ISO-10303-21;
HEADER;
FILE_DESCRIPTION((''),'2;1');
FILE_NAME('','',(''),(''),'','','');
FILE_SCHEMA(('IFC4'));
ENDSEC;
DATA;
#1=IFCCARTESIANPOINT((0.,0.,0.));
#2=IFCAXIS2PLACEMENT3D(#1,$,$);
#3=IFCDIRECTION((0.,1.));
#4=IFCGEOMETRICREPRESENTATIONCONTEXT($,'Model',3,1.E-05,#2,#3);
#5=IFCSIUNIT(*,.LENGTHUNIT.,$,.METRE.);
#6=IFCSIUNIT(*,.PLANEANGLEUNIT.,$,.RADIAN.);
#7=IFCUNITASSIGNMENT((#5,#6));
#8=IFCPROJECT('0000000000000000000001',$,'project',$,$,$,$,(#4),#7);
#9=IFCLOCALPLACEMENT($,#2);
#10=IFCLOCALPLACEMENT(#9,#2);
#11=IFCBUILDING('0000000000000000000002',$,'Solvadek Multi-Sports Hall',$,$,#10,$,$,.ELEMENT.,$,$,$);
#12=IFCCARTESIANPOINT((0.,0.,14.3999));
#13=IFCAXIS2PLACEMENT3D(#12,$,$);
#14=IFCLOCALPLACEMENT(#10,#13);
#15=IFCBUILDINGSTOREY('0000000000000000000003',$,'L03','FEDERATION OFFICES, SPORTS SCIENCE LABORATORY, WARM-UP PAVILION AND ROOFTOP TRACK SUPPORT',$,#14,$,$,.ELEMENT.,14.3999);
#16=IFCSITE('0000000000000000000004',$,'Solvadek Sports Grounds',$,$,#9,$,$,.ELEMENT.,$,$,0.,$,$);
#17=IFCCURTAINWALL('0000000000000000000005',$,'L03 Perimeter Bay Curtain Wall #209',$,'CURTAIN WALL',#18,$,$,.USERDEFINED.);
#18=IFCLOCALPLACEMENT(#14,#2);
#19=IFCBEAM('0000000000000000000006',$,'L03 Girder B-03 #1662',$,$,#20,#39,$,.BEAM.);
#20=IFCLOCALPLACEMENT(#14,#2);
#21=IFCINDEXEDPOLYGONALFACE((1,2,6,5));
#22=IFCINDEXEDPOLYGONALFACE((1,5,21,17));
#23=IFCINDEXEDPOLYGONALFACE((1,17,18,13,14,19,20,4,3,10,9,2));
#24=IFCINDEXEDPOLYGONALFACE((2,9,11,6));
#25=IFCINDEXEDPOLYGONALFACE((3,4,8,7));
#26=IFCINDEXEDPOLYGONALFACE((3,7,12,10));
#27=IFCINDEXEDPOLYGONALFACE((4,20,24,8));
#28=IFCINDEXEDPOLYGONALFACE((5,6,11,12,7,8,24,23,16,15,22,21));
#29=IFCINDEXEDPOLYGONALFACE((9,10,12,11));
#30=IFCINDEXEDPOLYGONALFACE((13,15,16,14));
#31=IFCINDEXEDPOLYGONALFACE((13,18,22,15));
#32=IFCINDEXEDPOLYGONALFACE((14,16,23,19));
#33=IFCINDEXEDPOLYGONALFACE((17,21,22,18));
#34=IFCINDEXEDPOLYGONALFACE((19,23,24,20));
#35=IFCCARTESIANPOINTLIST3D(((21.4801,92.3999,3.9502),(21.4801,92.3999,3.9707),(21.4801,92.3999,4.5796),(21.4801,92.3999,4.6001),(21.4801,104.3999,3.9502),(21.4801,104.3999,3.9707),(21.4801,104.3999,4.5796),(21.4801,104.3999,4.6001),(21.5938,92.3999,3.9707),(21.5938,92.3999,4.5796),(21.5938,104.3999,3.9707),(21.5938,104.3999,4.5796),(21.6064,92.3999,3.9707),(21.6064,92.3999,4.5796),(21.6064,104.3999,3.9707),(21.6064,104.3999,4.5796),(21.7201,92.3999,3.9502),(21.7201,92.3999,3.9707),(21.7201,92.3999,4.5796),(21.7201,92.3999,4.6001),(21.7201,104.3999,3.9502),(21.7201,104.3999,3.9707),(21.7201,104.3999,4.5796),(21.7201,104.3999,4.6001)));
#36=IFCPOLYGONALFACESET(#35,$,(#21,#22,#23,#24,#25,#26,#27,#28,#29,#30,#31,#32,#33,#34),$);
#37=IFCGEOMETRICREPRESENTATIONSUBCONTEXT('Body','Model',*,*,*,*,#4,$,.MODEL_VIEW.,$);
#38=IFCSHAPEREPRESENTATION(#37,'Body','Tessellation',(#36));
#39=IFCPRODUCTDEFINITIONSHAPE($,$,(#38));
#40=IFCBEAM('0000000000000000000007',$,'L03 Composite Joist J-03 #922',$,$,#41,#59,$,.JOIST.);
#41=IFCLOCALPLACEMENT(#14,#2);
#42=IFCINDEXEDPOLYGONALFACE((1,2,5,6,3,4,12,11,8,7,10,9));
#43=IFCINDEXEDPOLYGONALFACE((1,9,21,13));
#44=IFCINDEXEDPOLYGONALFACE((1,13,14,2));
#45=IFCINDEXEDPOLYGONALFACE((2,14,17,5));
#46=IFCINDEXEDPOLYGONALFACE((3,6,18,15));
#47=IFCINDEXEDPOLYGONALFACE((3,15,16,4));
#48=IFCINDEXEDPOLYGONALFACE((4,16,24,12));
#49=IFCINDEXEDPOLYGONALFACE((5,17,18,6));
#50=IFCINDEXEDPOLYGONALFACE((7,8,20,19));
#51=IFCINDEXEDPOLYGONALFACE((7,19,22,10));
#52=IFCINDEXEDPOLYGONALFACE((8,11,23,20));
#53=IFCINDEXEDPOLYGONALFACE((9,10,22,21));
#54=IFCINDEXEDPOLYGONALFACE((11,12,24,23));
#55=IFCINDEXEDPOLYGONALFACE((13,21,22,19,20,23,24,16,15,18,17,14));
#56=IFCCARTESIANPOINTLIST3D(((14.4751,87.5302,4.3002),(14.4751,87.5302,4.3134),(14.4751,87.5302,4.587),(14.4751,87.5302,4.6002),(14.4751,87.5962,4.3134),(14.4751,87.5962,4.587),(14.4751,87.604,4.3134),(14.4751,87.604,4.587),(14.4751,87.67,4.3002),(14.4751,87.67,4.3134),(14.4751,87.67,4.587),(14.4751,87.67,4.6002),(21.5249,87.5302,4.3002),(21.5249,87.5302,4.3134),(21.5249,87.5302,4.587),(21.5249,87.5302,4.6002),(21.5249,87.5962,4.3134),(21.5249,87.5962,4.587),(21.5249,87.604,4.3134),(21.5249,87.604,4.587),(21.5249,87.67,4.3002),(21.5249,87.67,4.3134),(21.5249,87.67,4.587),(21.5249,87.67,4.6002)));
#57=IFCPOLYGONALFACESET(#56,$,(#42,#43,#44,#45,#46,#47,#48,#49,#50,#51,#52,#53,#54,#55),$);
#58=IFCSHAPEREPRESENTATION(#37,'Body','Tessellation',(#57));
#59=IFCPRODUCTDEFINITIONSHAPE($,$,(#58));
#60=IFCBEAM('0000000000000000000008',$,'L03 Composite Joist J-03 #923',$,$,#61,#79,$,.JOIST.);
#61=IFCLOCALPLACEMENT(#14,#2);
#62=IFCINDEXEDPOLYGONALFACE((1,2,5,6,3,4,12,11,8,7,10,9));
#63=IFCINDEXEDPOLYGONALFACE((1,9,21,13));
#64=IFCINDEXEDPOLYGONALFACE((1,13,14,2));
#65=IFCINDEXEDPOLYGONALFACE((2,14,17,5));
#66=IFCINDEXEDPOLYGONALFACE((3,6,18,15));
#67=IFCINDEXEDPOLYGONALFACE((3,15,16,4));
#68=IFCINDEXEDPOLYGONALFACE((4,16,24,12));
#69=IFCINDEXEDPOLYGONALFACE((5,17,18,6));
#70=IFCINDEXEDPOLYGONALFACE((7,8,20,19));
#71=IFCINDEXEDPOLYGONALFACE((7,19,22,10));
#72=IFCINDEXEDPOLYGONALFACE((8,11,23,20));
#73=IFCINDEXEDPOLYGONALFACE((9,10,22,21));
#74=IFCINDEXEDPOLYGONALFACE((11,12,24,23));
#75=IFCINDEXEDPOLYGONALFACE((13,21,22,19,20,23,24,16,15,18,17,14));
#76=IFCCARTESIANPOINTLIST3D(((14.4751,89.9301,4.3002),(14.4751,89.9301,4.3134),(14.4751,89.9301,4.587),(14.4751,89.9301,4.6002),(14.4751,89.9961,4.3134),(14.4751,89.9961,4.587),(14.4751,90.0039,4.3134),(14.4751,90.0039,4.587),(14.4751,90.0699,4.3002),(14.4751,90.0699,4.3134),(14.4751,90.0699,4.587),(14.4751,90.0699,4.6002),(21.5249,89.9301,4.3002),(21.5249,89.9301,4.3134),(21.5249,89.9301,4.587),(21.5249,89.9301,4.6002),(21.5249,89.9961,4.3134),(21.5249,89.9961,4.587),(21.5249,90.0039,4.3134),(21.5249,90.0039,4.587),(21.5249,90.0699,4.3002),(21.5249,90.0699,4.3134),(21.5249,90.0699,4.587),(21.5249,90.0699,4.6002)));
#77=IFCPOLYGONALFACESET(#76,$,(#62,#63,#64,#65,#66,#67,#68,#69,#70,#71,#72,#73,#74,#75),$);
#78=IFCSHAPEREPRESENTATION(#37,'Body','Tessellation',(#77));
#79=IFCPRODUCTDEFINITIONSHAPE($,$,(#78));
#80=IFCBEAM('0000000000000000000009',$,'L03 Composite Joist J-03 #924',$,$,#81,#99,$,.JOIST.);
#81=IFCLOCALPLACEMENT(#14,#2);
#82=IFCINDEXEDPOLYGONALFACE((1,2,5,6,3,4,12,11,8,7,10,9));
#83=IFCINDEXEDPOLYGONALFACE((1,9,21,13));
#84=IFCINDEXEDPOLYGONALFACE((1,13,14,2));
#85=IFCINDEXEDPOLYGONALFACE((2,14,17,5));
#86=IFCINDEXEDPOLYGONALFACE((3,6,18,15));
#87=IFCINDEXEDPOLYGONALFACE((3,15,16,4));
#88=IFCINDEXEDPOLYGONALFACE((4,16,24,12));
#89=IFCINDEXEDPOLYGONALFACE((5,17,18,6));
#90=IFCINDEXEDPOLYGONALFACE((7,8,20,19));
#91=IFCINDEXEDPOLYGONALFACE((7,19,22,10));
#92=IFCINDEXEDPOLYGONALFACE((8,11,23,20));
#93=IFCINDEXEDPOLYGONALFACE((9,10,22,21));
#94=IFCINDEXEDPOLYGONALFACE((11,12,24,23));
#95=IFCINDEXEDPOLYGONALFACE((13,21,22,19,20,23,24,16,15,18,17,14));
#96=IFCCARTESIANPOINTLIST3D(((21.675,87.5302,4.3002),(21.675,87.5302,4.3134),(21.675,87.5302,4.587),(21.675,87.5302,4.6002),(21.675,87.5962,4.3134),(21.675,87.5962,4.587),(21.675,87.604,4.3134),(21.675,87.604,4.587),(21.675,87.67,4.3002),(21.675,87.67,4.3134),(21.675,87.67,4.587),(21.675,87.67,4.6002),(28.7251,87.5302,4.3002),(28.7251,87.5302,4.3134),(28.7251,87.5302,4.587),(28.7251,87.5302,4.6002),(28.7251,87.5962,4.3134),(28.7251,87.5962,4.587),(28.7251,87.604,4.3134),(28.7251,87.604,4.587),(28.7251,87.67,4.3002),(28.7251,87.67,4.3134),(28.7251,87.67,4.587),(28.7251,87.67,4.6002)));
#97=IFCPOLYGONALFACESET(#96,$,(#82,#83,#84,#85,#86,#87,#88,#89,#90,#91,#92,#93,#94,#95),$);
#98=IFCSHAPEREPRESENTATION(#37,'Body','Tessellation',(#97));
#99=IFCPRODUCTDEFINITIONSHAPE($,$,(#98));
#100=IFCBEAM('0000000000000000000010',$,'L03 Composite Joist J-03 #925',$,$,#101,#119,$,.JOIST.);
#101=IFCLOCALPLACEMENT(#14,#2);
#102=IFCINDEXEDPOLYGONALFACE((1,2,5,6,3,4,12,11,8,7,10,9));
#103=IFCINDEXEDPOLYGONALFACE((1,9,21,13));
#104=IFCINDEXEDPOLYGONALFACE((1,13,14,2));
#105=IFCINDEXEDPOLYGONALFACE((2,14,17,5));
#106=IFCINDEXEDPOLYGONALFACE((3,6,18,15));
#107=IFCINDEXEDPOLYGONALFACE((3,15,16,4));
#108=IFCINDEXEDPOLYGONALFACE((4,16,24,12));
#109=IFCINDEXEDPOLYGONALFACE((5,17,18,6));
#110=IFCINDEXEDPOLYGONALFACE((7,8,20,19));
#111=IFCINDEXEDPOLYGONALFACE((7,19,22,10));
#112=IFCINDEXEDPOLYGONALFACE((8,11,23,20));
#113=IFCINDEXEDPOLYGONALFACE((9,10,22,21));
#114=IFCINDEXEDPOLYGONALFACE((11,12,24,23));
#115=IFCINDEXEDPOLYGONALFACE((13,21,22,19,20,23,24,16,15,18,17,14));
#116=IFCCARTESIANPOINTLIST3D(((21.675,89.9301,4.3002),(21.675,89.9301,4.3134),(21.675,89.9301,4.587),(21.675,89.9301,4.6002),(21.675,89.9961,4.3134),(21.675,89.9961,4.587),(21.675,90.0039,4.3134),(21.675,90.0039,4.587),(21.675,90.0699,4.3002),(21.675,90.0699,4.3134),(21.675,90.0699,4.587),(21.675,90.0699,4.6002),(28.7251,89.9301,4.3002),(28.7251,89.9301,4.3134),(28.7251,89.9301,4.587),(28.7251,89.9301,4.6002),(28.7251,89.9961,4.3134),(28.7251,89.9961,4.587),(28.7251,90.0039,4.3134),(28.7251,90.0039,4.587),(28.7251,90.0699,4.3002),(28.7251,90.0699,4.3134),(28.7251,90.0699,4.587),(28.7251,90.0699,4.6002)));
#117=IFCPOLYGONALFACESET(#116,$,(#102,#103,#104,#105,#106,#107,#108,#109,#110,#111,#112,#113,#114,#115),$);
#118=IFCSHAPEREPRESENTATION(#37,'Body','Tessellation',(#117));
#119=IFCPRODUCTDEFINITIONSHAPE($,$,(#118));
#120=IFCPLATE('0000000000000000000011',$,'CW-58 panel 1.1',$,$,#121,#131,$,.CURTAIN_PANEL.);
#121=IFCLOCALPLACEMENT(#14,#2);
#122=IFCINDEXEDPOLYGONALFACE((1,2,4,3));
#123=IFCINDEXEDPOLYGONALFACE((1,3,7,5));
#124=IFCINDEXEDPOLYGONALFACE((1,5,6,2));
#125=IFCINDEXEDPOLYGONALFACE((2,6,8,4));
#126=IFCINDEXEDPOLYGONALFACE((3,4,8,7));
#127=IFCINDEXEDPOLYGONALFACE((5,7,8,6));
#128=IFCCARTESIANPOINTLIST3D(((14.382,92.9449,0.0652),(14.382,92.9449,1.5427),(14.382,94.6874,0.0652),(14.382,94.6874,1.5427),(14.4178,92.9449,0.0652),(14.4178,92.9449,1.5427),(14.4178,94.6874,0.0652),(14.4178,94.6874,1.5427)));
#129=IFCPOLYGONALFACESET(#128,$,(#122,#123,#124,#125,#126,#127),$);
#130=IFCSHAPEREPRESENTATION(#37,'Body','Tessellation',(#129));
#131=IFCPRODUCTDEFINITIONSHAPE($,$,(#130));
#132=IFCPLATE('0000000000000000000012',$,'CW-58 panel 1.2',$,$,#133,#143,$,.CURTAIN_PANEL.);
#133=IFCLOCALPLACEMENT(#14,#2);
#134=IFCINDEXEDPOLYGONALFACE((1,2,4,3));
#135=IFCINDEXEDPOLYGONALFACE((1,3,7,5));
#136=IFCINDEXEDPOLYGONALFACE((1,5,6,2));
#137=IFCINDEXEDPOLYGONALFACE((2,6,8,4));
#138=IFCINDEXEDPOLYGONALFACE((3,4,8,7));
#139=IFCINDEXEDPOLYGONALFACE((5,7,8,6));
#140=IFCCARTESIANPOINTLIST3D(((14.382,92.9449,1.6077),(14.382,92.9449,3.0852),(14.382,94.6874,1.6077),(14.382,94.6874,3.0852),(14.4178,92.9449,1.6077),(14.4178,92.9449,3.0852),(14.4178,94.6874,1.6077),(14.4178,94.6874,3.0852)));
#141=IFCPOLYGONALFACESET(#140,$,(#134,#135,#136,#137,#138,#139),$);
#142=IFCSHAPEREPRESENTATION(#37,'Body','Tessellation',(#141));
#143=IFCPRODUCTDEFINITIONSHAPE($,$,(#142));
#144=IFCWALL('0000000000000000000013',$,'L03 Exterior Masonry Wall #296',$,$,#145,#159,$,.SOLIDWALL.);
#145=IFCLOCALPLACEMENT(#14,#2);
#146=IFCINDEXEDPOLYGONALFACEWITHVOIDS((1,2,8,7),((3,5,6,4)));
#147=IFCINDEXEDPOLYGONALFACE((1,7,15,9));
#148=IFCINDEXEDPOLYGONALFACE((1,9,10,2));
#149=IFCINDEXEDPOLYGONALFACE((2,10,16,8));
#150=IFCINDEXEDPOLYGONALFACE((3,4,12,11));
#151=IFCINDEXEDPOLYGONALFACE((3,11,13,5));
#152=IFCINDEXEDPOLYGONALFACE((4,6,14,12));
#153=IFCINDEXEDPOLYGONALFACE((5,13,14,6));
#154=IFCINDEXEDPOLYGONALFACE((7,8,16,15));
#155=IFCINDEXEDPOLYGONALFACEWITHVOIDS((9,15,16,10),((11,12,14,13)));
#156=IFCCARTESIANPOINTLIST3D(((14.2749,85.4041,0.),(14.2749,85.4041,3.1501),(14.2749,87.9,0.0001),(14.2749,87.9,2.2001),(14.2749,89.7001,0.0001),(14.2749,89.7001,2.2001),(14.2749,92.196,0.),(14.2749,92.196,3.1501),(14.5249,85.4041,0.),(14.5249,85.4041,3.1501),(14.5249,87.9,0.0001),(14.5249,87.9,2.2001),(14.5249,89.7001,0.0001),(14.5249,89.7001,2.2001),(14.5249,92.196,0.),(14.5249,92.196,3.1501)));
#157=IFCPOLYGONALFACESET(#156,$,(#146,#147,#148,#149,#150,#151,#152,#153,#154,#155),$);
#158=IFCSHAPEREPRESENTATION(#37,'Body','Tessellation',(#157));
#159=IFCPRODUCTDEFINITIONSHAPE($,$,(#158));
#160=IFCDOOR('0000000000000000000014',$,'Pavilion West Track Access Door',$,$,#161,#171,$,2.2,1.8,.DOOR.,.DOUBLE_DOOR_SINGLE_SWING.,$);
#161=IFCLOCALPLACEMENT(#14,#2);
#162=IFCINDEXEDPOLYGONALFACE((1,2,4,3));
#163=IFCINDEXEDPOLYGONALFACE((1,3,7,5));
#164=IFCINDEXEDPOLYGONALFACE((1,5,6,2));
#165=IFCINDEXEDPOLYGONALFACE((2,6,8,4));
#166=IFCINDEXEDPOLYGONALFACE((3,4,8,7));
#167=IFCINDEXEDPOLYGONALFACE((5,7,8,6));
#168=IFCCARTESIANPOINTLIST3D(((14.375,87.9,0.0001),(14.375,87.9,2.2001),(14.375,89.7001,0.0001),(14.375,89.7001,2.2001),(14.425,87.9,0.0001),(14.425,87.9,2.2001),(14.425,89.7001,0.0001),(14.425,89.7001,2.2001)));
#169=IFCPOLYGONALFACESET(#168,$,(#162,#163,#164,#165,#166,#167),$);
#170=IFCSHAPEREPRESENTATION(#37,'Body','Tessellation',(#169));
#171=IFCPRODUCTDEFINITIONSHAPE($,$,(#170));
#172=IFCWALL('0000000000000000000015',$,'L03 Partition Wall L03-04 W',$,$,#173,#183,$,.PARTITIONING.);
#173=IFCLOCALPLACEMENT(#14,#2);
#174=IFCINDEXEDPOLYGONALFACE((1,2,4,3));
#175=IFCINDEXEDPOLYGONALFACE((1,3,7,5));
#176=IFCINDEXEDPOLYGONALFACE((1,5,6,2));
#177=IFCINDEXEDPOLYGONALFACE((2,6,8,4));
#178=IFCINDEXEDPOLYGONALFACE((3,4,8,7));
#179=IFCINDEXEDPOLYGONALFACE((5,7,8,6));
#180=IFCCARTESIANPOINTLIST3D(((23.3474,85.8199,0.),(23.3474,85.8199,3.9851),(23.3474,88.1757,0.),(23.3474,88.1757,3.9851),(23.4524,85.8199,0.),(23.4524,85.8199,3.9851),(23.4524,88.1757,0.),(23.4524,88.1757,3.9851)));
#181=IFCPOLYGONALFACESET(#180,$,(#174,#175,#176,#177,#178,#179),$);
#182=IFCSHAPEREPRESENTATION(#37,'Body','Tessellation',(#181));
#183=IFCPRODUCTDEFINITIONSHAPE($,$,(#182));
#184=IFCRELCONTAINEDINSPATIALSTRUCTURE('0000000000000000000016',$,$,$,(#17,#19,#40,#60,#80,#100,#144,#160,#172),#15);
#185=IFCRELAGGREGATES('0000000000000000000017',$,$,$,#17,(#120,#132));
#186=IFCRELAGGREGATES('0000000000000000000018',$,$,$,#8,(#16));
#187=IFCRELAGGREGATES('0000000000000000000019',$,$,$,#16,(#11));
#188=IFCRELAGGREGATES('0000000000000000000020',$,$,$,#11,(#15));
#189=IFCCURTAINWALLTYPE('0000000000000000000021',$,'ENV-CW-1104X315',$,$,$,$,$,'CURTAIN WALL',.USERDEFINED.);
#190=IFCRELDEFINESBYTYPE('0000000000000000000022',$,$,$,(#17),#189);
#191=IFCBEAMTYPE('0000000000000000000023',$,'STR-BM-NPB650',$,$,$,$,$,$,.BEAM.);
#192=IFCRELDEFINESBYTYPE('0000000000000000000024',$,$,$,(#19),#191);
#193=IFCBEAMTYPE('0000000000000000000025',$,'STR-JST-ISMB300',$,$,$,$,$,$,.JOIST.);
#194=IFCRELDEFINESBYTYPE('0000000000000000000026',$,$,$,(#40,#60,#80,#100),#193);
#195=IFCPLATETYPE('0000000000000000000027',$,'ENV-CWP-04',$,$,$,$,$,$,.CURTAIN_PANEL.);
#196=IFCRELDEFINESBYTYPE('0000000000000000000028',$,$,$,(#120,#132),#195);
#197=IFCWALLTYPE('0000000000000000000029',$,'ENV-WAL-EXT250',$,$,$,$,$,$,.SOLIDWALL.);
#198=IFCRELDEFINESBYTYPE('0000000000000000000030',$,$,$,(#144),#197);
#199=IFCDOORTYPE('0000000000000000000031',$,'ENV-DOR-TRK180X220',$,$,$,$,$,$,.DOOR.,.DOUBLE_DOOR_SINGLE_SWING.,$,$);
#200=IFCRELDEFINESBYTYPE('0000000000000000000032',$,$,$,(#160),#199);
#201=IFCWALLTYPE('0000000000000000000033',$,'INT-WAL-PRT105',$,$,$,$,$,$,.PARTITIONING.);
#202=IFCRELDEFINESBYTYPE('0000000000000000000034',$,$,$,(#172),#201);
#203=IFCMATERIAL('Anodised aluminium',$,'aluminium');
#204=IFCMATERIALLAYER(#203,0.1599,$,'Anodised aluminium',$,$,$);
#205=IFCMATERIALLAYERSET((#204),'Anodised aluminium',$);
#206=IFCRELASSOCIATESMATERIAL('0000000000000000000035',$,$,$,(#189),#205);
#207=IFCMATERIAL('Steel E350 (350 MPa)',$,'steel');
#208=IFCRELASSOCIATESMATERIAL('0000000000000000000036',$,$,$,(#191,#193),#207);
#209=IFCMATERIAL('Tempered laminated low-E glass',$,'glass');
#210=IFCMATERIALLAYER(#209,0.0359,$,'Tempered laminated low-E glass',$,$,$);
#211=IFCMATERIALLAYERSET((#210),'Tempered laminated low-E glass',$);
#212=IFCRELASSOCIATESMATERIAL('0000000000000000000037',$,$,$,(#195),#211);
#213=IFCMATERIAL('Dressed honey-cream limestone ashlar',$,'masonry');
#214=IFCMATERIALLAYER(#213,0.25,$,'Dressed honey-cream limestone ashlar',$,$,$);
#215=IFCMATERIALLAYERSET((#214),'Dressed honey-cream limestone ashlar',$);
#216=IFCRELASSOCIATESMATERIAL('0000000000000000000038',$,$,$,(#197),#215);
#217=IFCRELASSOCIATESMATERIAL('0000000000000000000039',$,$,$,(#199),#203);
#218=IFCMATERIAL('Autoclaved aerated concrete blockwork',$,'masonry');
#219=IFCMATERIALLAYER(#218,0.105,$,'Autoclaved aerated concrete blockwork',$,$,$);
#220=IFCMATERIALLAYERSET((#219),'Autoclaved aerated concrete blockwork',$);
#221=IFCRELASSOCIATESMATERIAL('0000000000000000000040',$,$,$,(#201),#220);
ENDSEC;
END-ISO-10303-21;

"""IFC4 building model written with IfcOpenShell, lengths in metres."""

from ifc_helpers import new_model, si_unit, direction, frame, frame_2d, origin, origin_2d, place, context, subcontext, project, spatial, rectangle, i_section, extrude, material, layer, layer_set, material_profile, profile_set, type_object, element, fill, aggregate, save


model = new_model("IFC4")

# Units and contexts
model_context = context("Model", 3, precision=1e-05, world=origin(), true_north=direction((0.0, 1.0)))
body_context = subcontext(model_context, "Body", "Model", "MODEL_VIEW")
ifc_project = project(units=[si_unit("LENGTHUNIT", "METRE"), si_unit("PLANEANGLEUNIT", "RADIAN")], contexts=[model_context])

# Site, building, storey
site_placement = place(None, origin())
site = spatial("IfcSite", under=ifc_project, at=site_placement, Name="Solvadek Sports Grounds", CompositionType="ELEMENT", RefElevation=0.0)
building_placement = place(site_placement, origin())
building = spatial("IfcBuilding", under=site, at=building_placement, Name="Solvadek Multi-Sports Hall", CompositionType="ELEMENT")
storey_placement = place(building_placement, frame((0.0, 0.0, 14.3999)))
storey = spatial("IfcBuildingStorey", under=building, at=storey_placement, Name="L03", Description="FEDERATION OFFICES, SPORTS SCIENCE LABORATORY, WARM-UP PAVILION AND ROOFTOP TRACK SUPPORT", CompositionType="ELEMENT", Elevation=14.3999)

# Shared definitions
ifc_material_1 = material(Name="Steel E350 (350 MPa)", Category="steel")

# Curtain wall
ifc_material_2 = material(Name="Anodised aluminium", Category="aluminium")
ifc_layer_1 = layer(ifc_material_2, 0.1599, Name="Anodised aluminium")
ifc_layer_set_1 = layer_set([ifc_layer_1], Name="Anodised aluminium")
curtain_wall_type = type_object("IfcCurtainWallType", Name="ENV-CW-1104X315", ElementType="CURTAIN WALL", PredefinedType="USERDEFINED", material=ifc_layer_set_1)
curtain_wall_placement = place(storey_placement, origin())
curtain_wall = element("IfcCurtainWall", 1, at=curtain_wall_placement, inside=storey, type_object=curtain_wall_type, Name="L03 Perimeter Bay Curtain Wall #209", ObjectType="CURTAIN WALL", PredefinedType="USERDEFINED")

# Beams
ifc_material_profile_1 = material_profile(ifc_material_1, i_section(OverallWidth=0.24, OverallDepth=0.6499, WebThickness=0.0127, FlangeThickness=0.0205, at=origin_2d()), Name="NPB 650")
ifc_profile_set_1 = profile_set([ifc_material_profile_1], Name="Steel E350 (350 MPa)")
beam_type_1 = type_object("IfcBeamType", Name="STR-BM-NPB650", PredefinedType="BEAM", material=ifc_profile_set_1)
for number, where, z_axis, x_axis, name in (
    (2, (21.6001, 92.3999, 4.2751), (0.0, 1.0, 0.0), (-1.0, 0.0, 0.0), "L03 Girder B-03 #1662"),
):
    element("IfcBeam", number, at=place(storey_placement, frame(where, z_axis=z_axis, x_axis=x_axis)), inside=storey, type_object=beam_type_1, Name=name, PredefinedType="BEAM", context=body_context, shape_type="SweptSolid", body=[
        extrude(i_section(OverallWidth=0.24, OverallDepth=0.6499, WebThickness=0.0127, FlangeThickness=0.0205, at=origin_2d()), origin(), (0.0, 0.0, 1.0), 12.0),
    ])
ifc_material_profile_2 = material_profile(ifc_material_1, i_section(OverallWidth=0.1399, OverallDepth=0.3, WebThickness=0.0078, FlangeThickness=0.0132, at=origin_2d()), Name="ISMB 300")
ifc_profile_set_2 = profile_set([ifc_material_profile_2], Name="Steel E350 (350 MPa)")
beam_type_2 = type_object("IfcBeamType", Name="STR-JST-ISMB300", PredefinedType="JOIST", material=ifc_profile_set_2)
for number, where, z_axis, x_axis, name in (
    (3, (14.4751, 87.6001, 4.4502), (1.0, 0.0, 0.0), (0.0, 1.0, 0.0), "L03 Composite Joist J-03 #922"),
    (4, (14.4751, 90.0, 4.4502), (1.0, 0.0, 0.0), (0.0, 1.0, 0.0), "L03 Composite Joist J-03 #923"),
):
    element("IfcBeam", number, at=place(storey_placement, frame(where, z_axis=z_axis, x_axis=x_axis)), inside=storey, type_object=beam_type_2, Name=name, PredefinedType="JOIST", context=body_context, shape_type="SweptSolid", body=[
        extrude(i_section(OverallWidth=0.1399, OverallDepth=0.3, WebThickness=0.0078, FlangeThickness=0.0132, at=origin_2d()), origin(), (0.0, 0.0, 1.0), 7.0498),
    ])
for number, where, z_axis, x_axis, name in (
    (5, (21.675, 87.6001, 4.4502), (1.0, 0.0, 0.0), (0.0, 1.0, 0.0), "L03 Composite Joist J-03 #924"),
    (6, (21.675, 90.0, 4.4502), (1.0, 0.0, 0.0), (0.0, 1.0, 0.0), "L03 Composite Joist J-03 #925"),
):
    element("IfcBeam", number, at=place(storey_placement, frame(where, z_axis=z_axis, x_axis=x_axis)), inside=storey, type_object=beam_type_2, Name=name, PredefinedType="JOIST", context=body_context, shape_type="SweptSolid", body=[
        extrude(i_section(OverallWidth=0.1399, OverallDepth=0.3, WebThickness=0.0078, FlangeThickness=0.0132, at=origin_2d()), origin(), (0.0, 0.0, 1.0), 7.05),
    ])

# Plates
ifc_material_3 = material(Name="Tempered laminated low-E glass", Category="glass")
ifc_layer_2 = layer(ifc_material_3, 0.0359, Name="Tempered laminated low-E glass")
ifc_layer_set_2 = layer_set([ifc_layer_2], Name="Tempered laminated low-E glass")
plate_type = type_object("IfcPlateType", Name="ENV-CWP-04", PredefinedType="CURTAIN_PANEL", material=ifc_layer_set_2)
plate_1_placement = place(storey_placement, frame((14.3999, 93.8162, 0.0652), z_axis=(0.0, 0.0, 1.0), x_axis=(0.0, 1.0, 0.0)))
plate_1 = element("IfcPlate", 7, at=plate_1_placement, type_object=plate_type, Name="CW-58 panel 1.1", PredefinedType="CURTAIN_PANEL", context=body_context, shape_type="SweptSolid", body=[
    extrude(rectangle(XDim=1.7424, YDim=0.0359, at=origin_2d()), origin(), (0.0, 0.0, 1.0), 1.4775),
])
plate_2_placement = place(storey_placement, frame((14.3999, 93.8162, 1.6077), z_axis=(0.0, 0.0, 1.0), x_axis=(0.0, 1.0, 0.0)))
plate_2 = element("IfcPlate", 8, at=plate_2_placement, type_object=plate_type, Name="CW-58 panel 1.2", PredefinedType="CURTAIN_PANEL", context=body_context, shape_type="SweptSolid", body=[
    extrude(rectangle(XDim=1.7424, YDim=0.0359, at=origin_2d()), origin(), (0.0, 0.0, 1.0), 1.4775),
])
aggregate(curtain_wall, [plate_1, plate_2])

# Wall, opening, door
ifc_material_4 = material(Name="Dressed honey-cream limestone ashlar", Category="masonry")
ifc_layer_3 = layer(ifc_material_4, 0.25, Name="Dressed honey-cream limestone ashlar")
ifc_layer_set_3 = layer_set([ifc_layer_3], Name="Dressed honey-cream limestone ashlar")
wall_type_1 = type_object("IfcWallType", Name="ENV-WAL-EXT250", PredefinedType="SOLIDWALL", material=ifc_layer_set_3)
wall_1_placement = place(storey_placement, frame((14.3999, 85.4041, 0.0), z_axis=(0.0, 0.0, 1.0), x_axis=(0.0, 1.0, 0.0)))
wall_1 = element("IfcWall", 9, at=wall_1_placement, inside=storey, type_object=wall_type_1, Name="L03 Exterior Masonry Wall #296", PredefinedType="SOLIDWALL", context=body_context, shape_type="SweptSolid", body=[
    extrude(rectangle(XDim=6.792, YDim=0.25, at=frame_2d((3.396, 0.0))), origin(), (0.0, 0.0, 1.0), 3.1501),
])
opening_1_placement = place(wall_1_placement, frame((2.4961, 0.0, 0.0)))
opening_1 = element("IfcOpeningElement", 10, at=opening_1_placement, cuts=wall_1, PredefinedType="OPENING", context=body_context, shape_type="SweptSolid", body=[
    extrude(rectangle(XDim=1.8, YDim=2.2, at=frame_2d((0.8999, 1.1001))), frame((0.0, 0.135, 0.0), z_axis=(0.0, -1.0, 0.0), x_axis=(1.0, 0.0, 0.0)), (0.0, 0.0, 1.0), 0.27),
])
door_type_1 = type_object("IfcDoorType", Name="ENV-DOR-TRK180X220", OperationType="DOUBLE_DOOR_SINGLE_SWING", PredefinedType="DOOR", material=ifc_material_2)
door_1_placement = place(opening_1_placement, origin())
door_1 = element("IfcDoor", 11, at=door_1_placement, inside=storey, type_object=door_type_1, Name="Pavilion West Track Access Door", OperationType="DOUBLE_DOOR_SINGLE_SWING", OverallHeight=2.2, OverallWidth=1.8, PredefinedType="DOOR", context=body_context, shape_type="SweptSolid", body=[
    extrude(rectangle(XDim=1.8, YDim=2.2, at=frame_2d((0.8999, 1.1001))), frame((0.0, 0.0249, 0.0), z_axis=(0.0, -1.0, 0.0), x_axis=(1.0, 0.0, 0.0)), (0.0, 0.0, 1.0), 0.05),
])
fill(opening_1, door_1)

# Wall
ifc_material_5 = material(Name="Autoclaved aerated concrete blockwork", Category="masonry")
ifc_layer_4 = layer(ifc_material_5, 0.105, Name="Autoclaved aerated concrete blockwork")
ifc_layer_set_4 = layer_set([ifc_layer_4], Name="Autoclaved aerated concrete blockwork")
wall_type_2 = type_object("IfcWallType", Name="INT-WAL-PRT105", PredefinedType="PARTITIONING", material=ifc_layer_set_4)
wall_2_placement = place(storey_placement, frame((23.3999, 85.8201, 0.0), z_axis=(0.0, 0.0, 1.0), x_axis=(0.0, 1.0, 0.0)))
element("IfcWall", 12, at=wall_2_placement, inside=storey, type_object=wall_type_2, Name="L03 Partition Wall L03-04 W", PredefinedType="PARTITIONING", context=body_context, shape_type="SweptSolid", body=[
    extrude(rectangle(XDim=2.3557, YDim=0.105, at=frame_2d((1.1777, 0.0))), origin(), (0.0, 0.0, 1.0), 3.9851),
])

save(model, "model.ifc")
